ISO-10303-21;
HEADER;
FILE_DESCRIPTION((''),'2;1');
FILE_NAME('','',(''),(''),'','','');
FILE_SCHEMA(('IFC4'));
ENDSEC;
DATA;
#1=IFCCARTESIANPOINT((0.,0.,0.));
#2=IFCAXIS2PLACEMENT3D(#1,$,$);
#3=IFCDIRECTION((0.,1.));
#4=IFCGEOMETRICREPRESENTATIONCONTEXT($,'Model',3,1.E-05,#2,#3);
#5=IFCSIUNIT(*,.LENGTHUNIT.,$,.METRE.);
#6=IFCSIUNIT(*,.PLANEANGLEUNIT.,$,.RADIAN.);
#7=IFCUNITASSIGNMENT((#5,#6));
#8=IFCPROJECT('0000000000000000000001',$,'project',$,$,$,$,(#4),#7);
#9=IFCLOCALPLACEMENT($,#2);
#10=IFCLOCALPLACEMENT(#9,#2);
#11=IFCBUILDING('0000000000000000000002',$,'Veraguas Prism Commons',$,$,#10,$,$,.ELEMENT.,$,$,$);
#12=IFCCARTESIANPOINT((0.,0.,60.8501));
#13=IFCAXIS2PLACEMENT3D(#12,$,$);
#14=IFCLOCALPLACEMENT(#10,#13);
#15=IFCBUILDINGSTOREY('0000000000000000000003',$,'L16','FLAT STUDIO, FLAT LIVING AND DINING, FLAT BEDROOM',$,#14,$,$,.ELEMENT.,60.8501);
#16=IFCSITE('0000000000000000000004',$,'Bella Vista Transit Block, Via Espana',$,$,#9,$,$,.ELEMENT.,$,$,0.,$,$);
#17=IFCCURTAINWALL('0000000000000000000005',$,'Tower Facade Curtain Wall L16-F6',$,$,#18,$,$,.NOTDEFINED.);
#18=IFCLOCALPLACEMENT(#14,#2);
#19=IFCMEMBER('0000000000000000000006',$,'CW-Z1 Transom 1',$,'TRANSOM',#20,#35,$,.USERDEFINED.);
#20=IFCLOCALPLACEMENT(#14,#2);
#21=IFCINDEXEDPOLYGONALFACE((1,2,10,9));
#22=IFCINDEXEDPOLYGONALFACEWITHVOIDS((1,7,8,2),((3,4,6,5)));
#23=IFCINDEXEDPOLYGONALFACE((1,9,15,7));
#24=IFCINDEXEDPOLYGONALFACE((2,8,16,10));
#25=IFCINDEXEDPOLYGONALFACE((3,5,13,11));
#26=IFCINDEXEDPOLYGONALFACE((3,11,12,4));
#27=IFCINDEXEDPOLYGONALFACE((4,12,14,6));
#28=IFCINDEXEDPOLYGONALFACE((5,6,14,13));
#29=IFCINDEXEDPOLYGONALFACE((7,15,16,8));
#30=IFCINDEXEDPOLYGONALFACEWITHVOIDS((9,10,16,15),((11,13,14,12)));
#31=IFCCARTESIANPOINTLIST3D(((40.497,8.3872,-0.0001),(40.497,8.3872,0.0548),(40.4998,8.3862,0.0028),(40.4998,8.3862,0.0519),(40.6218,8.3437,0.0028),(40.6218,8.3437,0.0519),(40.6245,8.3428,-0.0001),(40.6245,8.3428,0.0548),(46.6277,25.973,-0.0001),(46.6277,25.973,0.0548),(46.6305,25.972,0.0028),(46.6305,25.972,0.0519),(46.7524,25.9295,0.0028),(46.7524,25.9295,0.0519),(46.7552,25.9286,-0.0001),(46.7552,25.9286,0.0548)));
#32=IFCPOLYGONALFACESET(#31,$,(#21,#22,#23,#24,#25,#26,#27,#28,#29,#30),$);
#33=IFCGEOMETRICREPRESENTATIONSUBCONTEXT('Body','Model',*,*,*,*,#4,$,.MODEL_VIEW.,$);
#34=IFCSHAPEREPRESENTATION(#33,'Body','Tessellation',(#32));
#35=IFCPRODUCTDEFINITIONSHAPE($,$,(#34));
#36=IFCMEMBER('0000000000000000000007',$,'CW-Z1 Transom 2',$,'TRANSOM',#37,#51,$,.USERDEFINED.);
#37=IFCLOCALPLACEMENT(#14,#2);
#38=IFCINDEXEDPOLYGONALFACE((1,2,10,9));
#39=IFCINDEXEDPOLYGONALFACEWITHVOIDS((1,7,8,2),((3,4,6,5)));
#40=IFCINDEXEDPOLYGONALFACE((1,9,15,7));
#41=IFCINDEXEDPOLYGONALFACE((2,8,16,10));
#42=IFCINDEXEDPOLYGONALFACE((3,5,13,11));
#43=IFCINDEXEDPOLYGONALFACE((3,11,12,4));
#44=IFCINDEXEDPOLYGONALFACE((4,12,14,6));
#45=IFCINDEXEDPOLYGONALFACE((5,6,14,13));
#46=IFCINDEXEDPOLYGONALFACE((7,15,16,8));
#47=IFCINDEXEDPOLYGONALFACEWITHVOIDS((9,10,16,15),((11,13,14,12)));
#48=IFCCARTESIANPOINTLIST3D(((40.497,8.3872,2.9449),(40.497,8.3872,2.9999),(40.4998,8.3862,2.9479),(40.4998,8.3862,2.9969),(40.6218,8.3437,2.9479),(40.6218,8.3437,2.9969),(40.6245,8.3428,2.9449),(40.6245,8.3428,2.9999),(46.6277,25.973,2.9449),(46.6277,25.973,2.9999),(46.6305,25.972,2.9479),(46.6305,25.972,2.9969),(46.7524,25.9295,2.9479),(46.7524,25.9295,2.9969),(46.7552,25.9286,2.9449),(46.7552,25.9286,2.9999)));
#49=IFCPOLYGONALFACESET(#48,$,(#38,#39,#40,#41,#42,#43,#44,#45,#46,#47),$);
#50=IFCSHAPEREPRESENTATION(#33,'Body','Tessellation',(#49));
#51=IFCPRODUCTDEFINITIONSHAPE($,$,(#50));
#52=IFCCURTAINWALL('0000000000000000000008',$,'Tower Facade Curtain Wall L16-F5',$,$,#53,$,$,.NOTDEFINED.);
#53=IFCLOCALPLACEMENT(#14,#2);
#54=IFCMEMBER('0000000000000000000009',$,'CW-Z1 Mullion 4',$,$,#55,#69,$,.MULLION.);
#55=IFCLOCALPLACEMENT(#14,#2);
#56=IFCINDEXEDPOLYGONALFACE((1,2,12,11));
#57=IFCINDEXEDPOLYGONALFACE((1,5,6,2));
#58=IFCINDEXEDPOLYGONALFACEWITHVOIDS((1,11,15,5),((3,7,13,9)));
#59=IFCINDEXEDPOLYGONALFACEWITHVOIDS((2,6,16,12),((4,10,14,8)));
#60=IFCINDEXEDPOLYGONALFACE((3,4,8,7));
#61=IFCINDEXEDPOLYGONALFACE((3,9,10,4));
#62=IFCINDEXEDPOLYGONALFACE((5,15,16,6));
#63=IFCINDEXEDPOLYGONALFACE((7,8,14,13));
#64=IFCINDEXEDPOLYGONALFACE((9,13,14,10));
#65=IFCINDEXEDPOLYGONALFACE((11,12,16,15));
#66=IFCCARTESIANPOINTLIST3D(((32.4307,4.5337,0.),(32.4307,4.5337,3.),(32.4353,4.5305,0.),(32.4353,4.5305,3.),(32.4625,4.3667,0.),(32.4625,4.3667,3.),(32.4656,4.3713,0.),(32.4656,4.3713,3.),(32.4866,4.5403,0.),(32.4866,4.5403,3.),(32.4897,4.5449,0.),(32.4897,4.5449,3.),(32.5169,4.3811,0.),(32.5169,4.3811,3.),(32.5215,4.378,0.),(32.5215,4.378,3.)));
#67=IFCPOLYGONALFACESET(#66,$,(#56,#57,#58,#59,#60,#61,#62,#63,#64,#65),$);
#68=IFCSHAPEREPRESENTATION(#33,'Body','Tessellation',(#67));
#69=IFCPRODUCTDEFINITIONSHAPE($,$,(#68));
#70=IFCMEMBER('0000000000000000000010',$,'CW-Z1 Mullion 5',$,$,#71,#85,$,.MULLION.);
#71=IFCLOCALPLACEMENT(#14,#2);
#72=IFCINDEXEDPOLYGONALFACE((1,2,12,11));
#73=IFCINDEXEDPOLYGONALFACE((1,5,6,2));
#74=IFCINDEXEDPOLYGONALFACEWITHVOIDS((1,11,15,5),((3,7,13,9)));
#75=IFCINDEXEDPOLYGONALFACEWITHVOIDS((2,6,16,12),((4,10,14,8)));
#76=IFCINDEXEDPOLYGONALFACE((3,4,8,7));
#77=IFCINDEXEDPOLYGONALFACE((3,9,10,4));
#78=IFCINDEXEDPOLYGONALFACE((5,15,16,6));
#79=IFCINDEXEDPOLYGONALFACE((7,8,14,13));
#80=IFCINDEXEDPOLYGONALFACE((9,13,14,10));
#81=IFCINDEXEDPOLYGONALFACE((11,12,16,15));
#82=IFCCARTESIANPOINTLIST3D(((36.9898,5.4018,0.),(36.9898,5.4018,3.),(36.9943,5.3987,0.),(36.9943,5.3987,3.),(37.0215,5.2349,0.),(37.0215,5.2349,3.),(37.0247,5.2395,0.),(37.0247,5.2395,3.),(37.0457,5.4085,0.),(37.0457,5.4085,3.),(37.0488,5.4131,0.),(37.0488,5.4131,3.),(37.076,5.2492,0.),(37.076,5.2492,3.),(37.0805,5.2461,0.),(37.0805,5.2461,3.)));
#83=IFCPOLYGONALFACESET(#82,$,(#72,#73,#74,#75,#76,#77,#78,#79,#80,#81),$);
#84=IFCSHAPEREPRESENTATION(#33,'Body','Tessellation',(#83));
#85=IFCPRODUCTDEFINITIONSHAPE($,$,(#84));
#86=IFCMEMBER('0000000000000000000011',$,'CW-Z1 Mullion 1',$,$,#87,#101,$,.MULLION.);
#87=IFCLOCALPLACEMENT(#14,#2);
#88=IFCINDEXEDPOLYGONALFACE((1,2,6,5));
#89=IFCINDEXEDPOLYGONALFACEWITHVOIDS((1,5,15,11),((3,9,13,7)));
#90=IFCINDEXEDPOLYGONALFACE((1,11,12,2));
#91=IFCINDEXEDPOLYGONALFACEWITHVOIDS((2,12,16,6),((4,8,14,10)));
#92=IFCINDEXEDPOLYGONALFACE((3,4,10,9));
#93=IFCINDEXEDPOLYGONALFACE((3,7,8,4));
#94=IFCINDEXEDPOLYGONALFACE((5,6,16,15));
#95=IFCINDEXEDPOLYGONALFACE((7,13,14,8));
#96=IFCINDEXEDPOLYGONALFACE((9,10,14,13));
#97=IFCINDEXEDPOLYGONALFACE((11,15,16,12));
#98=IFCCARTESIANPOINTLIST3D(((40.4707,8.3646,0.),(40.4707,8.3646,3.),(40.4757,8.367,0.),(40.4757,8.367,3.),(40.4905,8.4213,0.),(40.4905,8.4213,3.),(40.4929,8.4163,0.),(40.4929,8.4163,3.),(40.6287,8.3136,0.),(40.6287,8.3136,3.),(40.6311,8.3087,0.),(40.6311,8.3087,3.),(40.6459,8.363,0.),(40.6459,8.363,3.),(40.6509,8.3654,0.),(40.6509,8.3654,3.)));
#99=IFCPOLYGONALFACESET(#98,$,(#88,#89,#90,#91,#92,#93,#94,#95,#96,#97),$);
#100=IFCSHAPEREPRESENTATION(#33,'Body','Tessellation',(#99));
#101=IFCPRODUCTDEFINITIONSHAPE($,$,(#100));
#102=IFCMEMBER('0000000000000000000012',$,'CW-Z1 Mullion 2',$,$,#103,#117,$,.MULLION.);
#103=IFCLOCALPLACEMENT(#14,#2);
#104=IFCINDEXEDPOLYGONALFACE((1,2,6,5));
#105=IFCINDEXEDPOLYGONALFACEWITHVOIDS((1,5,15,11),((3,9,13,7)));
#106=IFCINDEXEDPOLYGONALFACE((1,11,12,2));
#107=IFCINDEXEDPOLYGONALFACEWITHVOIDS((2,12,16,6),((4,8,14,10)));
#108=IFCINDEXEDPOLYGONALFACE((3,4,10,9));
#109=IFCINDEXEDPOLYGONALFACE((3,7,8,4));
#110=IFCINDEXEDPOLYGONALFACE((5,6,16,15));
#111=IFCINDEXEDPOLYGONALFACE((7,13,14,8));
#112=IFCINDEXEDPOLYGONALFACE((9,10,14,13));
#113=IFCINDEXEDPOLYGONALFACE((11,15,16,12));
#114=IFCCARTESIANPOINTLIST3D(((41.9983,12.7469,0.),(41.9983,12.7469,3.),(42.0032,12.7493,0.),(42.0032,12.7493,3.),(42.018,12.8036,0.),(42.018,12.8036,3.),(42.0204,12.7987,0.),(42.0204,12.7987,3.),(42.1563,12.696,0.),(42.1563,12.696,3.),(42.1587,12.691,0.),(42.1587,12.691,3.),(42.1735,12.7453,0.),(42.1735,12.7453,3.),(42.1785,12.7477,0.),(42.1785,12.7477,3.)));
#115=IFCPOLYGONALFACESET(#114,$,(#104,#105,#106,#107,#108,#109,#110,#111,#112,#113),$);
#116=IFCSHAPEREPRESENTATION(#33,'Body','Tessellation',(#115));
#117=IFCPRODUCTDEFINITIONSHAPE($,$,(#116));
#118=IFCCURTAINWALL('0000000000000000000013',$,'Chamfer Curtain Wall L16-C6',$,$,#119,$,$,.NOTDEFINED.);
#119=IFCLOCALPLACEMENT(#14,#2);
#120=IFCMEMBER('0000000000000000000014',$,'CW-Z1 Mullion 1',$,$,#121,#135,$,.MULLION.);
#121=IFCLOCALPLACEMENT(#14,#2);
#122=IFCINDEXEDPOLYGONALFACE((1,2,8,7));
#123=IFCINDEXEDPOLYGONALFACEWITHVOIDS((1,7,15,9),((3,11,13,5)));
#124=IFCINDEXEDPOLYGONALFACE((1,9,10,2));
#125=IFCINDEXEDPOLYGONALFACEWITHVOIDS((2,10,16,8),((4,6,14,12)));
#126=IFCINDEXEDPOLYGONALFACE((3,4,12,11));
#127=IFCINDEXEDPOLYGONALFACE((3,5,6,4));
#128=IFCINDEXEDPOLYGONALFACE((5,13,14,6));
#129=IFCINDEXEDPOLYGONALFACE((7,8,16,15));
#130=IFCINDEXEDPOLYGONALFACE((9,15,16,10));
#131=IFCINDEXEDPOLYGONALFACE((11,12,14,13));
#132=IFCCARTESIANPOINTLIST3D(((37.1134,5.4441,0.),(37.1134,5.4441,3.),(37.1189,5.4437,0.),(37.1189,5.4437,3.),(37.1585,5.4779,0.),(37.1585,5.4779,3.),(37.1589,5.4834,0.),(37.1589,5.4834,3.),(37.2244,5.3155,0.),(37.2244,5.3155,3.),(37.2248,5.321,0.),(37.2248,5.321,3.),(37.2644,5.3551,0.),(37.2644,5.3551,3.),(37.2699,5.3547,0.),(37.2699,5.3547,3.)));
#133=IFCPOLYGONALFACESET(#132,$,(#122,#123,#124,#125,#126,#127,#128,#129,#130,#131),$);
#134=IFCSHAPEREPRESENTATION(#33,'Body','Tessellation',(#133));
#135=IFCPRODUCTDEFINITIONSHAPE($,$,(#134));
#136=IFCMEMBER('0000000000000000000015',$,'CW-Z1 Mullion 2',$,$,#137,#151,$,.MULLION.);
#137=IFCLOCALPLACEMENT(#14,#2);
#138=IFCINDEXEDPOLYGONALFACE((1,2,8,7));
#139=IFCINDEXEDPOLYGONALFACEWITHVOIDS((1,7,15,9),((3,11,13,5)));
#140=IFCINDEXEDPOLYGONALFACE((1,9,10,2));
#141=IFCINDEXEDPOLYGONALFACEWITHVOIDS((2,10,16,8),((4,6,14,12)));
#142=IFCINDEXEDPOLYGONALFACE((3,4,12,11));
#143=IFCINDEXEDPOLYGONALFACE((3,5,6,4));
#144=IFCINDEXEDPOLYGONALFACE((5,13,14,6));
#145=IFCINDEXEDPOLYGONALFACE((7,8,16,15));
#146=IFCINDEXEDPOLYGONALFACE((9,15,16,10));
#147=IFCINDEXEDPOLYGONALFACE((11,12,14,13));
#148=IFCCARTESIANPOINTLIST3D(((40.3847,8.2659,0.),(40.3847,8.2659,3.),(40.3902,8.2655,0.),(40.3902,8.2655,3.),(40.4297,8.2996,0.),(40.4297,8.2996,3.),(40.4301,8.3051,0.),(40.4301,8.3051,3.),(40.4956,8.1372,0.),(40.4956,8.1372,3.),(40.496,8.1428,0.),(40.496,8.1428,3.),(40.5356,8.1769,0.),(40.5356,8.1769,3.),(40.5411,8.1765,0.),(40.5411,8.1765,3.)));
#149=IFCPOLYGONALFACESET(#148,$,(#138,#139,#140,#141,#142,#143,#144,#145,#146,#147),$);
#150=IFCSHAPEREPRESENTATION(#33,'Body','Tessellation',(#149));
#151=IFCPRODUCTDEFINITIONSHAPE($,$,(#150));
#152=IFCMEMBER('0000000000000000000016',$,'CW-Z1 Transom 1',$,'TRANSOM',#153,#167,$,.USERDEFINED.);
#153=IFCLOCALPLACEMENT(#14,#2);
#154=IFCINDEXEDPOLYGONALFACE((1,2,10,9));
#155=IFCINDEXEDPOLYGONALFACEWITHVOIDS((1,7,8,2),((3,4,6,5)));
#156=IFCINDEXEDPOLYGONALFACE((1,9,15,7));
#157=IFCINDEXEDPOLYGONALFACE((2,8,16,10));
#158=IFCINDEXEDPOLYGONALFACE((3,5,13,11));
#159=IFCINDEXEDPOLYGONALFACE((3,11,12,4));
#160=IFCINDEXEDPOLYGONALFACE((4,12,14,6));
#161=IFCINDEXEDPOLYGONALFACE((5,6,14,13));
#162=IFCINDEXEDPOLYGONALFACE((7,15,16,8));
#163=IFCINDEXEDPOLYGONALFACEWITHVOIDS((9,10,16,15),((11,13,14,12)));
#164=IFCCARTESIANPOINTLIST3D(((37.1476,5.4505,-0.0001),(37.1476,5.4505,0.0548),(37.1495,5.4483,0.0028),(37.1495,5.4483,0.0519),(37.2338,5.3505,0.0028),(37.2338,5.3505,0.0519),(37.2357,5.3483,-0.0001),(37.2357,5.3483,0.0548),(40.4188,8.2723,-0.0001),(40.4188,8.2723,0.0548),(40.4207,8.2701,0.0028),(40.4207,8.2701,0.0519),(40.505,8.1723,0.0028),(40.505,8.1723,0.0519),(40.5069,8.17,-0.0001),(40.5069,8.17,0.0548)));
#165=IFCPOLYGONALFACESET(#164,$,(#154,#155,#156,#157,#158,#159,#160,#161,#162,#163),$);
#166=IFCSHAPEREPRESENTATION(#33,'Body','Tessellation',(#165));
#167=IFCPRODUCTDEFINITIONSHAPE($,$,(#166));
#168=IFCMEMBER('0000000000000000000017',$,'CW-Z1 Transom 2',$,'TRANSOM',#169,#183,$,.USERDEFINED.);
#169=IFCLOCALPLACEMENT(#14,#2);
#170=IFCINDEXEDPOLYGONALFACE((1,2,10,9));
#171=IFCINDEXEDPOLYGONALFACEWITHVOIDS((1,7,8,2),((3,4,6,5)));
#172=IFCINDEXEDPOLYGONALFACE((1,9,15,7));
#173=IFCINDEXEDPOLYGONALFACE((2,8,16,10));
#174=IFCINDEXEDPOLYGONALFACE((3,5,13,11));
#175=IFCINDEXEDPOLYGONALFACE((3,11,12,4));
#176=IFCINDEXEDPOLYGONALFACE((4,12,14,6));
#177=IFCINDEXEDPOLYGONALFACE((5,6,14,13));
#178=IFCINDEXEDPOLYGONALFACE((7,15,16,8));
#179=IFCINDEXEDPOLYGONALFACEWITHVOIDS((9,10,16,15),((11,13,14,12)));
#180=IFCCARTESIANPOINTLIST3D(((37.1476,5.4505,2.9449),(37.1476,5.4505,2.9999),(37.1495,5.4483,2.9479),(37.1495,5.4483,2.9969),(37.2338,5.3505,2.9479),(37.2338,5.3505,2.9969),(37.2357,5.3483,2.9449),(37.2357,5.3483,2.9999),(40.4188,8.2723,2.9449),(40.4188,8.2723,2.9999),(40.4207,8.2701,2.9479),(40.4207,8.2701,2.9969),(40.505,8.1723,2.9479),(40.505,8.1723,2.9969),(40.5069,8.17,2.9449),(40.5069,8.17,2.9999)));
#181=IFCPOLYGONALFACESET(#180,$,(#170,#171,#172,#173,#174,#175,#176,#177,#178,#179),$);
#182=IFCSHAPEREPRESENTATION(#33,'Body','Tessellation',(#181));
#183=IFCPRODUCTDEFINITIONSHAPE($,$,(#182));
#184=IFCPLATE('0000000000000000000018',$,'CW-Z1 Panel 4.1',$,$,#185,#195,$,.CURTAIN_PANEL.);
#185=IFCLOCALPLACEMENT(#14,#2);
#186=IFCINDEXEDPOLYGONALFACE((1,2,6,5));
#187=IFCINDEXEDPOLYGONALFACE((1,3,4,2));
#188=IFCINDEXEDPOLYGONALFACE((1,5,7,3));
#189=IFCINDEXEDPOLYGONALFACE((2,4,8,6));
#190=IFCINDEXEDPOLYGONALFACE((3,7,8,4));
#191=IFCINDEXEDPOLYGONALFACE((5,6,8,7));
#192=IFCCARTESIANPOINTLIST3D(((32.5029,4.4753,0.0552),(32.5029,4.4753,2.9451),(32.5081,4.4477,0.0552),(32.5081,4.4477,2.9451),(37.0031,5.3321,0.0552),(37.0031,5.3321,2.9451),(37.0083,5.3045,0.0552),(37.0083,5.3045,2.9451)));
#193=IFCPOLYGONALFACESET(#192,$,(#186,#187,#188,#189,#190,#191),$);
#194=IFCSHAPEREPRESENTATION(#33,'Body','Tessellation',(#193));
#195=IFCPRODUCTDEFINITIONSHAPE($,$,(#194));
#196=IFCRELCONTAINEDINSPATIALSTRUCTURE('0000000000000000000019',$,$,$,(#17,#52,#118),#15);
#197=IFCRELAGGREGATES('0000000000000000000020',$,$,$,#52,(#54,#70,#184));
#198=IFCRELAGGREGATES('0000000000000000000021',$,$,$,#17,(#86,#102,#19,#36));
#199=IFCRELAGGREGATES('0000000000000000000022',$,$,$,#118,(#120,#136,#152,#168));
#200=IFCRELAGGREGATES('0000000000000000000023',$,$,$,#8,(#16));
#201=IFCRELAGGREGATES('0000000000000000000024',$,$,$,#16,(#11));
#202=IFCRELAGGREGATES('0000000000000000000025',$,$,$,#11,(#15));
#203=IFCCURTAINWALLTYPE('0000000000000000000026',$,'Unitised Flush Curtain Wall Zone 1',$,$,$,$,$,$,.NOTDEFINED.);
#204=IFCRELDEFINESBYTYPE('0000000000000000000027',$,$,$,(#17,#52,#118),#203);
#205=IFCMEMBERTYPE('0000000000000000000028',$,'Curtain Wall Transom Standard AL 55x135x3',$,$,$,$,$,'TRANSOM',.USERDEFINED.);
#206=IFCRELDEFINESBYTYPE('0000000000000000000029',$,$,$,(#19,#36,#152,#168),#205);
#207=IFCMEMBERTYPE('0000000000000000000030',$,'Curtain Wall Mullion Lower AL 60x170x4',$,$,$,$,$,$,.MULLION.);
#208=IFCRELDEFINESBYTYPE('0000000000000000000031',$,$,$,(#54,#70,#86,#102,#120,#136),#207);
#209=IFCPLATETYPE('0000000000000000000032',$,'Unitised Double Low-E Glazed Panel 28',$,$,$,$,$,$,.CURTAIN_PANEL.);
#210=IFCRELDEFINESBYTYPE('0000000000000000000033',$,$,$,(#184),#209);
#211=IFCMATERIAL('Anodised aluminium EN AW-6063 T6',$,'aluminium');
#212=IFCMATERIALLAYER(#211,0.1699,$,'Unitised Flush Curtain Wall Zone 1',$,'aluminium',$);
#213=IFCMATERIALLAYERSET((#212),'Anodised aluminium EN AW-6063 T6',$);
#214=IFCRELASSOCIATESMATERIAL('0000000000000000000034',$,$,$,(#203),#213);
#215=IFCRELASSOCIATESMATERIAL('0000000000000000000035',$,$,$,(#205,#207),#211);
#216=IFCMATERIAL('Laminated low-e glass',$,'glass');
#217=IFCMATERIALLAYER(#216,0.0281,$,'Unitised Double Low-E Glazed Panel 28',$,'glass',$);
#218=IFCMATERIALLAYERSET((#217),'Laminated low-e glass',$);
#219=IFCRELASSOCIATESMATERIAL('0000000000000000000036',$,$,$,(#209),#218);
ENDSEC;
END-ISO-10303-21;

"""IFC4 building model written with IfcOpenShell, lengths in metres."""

from ifc_helpers import new_model, si_unit, direction, frame, origin, origin_2d, place, context, subcontext, project, spatial, rectangle, hollow_rectangle, extrude, source, transform, mapped, material, layer, layer_set, material_profile, profile_set, type_object, element, aggregate, save


model = new_model("IFC4")

# Units and contexts
model_context = context("Model", 3, precision=1e-05, world=origin(), true_north=direction((0.0, 1.0)))
body_context = subcontext(model_context, "Body", "Model", "MODEL_VIEW")
ifc_project = project(units=[si_unit("LENGTHUNIT", "METRE"), si_unit("PLANEANGLEUNIT", "RADIAN")], contexts=[model_context])

# Site, building, storey
site_placement = place(None, origin())
site = spatial("IfcSite", under=ifc_project, at=site_placement, Name="Bella Vista Transit Block, Via Espana", CompositionType="ELEMENT", RefElevation=0.0)
building_placement = place(site_placement, origin())
building = spatial("IfcBuilding", under=site, at=building_placement, Name="Veraguas Prism Commons", CompositionType="ELEMENT")
storey_placement = place(building_placement, frame((0.0, 0.0, 60.8501)))
storey = spatial("IfcBuildingStorey", under=building, at=storey_placement, Name="L16", Description="FLAT STUDIO, FLAT LIVING AND DINING, FLAT BEDROOM", CompositionType="ELEMENT", Elevation=60.8501)

# Curtain walls, members
ifc_material_1 = material(Name="Anodised aluminium EN AW-6063 T6", Category="aluminium")
ifc_layer_1 = layer(ifc_material_1, 0.1699, Name="Unitised Flush Curtain Wall Zone 1", Category="aluminium")
ifc_layer_set_1 = layer_set([ifc_layer_1], Name="Anodised aluminium EN AW-6063 T6")
curtain_wall_type = type_object("IfcCurtainWallType", Name="Unitised Flush Curtain Wall Zone 1", PredefinedType="NOTDEFINED", material=ifc_layer_set_1)
curtain_wall_1_placement = place(storey_placement, origin())
curtain_wall_1 = element("IfcCurtainWall", 1, at=curtain_wall_1_placement, inside=storey, type_object=curtain_wall_type, Name="Tower Facade Curtain Wall L16-F6", PredefinedType="NOTDEFINED")
ifc_material_profile_1 = material_profile(ifc_material_1, hollow_rectangle(XDim=0.0549, YDim=0.135, WallThickness=0.0029, at=origin_2d()), Name="AL55X135X3")
ifc_profile_set_1 = profile_set([ifc_material_profile_1], Name="Anodised aluminium EN AW-6063 T6")
member_type_1 = type_object("IfcMemberType", Name="Curtain Wall Transom Standard AL 55x135x3", ElementType="TRANSOM", PredefinedType="USERDEFINED", material=ifc_profile_set_1)
shared_shape_1 = source(origin(), body_context, "Body", "SweptSolid", [
    extrude(hollow_rectangle(XDim=0.0549, YDim=0.135, WallThickness=0.0029, at=origin_2d()), origin(), (0.0, 0.0, 1.0), 18.6238),
])
member_1_placement = place(storey_placement, frame((40.5608, 8.365, 0.0273), z_axis=(0.329184, 0.944266, 0.0), x_axis=(0.0, 0.0, 1.0)))
member_1 = element("IfcMember", 2, at=member_1_placement, type_object=member_type_1, Name="CW-Z1 Transom 1", ObjectType="TRANSOM", PredefinedType="USERDEFINED", context=body_context, shape_type="MappedRepresentation", body=[
    mapped(shared_shape_1, transform((0.0, 0.0, 0.0), scale=1.0)),
])
member_2_placement = place(storey_placement, frame((40.5608, 8.365, 2.9724), z_axis=(0.329184, 0.944266, 0.0), x_axis=(0.0, 0.0, 1.0)))
member_2 = element("IfcMember", 3, at=member_2_placement, type_object=member_type_1, Name="CW-Z1 Transom 2", ObjectType="TRANSOM", PredefinedType="USERDEFINED", context=body_context, shape_type="MappedRepresentation", body=[
    mapped(shared_shape_1, transform((0.0, 0.0, 0.0), scale=1.0)),
])
curtain_wall_2_placement = place(storey_placement, origin())
curtain_wall_2 = element("IfcCurtainWall", 4, at=curtain_wall_2_placement, inside=storey, type_object=curtain_wall_type, Name="Tower Facade Curtain Wall L16-F5", PredefinedType="NOTDEFINED")
ifc_material_profile_2 = material_profile(ifc_material_1, hollow_rectangle(XDim=0.0601, YDim=0.1699, WallThickness=0.0039, at=origin_2d()), Name="AL60X170X4")
ifc_profile_set_2 = profile_set([ifc_material_profile_2], Name="Anodised aluminium EN AW-6063 T6")
member_type_2 = type_object("IfcMemberType", Name="Curtain Wall Mullion Lower AL 60x170x4", PredefinedType="MULLION", material=ifc_profile_set_2)
shared_shape_2 = source(origin(), body_context, "Body", "SweptSolid", [
    extrude(hollow_rectangle(XDim=0.0601, YDim=0.1699, WallThickness=0.0039, at=origin_2d()), origin(), (0.0, 0.0, 1.0), 3.0),
])
member_3_placement = place(storey_placement, frame((32.4761, 4.4558, 0.0), z_axis=(0.0, 0.0, 1.0), x_axis=(0.982353, 0.187038, 0.0)))
member_3 = element("IfcMember", 5, at=member_3_placement, type_object=member_type_2, Name="CW-Z1 Mullion 4", PredefinedType="MULLION", context=body_context, shape_type="MappedRepresentation", body=[
    mapped(shared_shape_2, transform((0.0, 0.0, 0.0), scale=1.0)),
])
member_4_placement = place(storey_placement, frame((37.0352, 5.324, 0.0), z_axis=(0.0, 0.0, 1.0), x_axis=(0.982353, 0.187038, 0.0)))
member_4 = element("IfcMember", 6, at=member_4_placement, type_object=member_type_2, Name="CW-Z1 Mullion 5", PredefinedType="MULLION", context=body_context, shape_type="MappedRepresentation", body=[
    mapped(shared_shape_2, transform((0.0, 0.0, 0.0), scale=1.0)),
])

# Members
member_5_placement = place(storey_placement, frame((40.5608, 8.365, 0.0), z_axis=(0.0, 0.0, 1.0), x_axis=(0.329195, 0.944262, 0.0)))
member_5 = element("IfcMember", 7, at=member_5_placement, type_object=member_type_2, Name="CW-Z1 Mullion 1", PredefinedType="MULLION", context=body_context, shape_type="MappedRepresentation", body=[
    mapped(shared_shape_2, transform((0.0, 0.0, 0.0), scale=1.0)),
])
member_6_placement = place(storey_placement, frame((42.0884, 12.7473, 0.0), z_axis=(0.0, 0.0, 1.0), x_axis=(0.329195, 0.944262, 0.0)))
member_6 = element("IfcMember", 8, at=member_6_placement, type_object=member_type_2, Name="CW-Z1 Mullion 2", PredefinedType="MULLION", context=body_context, shape_type="MappedRepresentation", body=[
    mapped(shared_shape_2, transform((0.0, 0.0, 0.0), scale=1.0)),
])

# Curtain wall, members
curtain_wall_3_placement = place(storey_placement, origin())
curtain_wall_3 = element("IfcCurtainWall", 9, at=curtain_wall_3_placement, inside=storey, type_object=curtain_wall_type, Name="Chamfer Curtain Wall L16-C6", PredefinedType="NOTDEFINED")
member_7_placement = place(storey_placement, frame((37.1917, 5.3994, 0.0), z_axis=(0.0, 0.0, 1.0), x_axis=(0.757232, 0.653146, 0.0)))
member_7 = element("IfcMember", 10, at=member_7_placement, type_object=member_type_2, Name="CW-Z1 Mullion 1", PredefinedType="MULLION", context=body_context, shape_type="MappedRepresentation", body=[
    mapped(shared_shape_2, transform((0.0, 0.0, 0.0), scale=1.0)),
])
member_8_placement = place(storey_placement, frame((40.4629, 8.2212, 0.0), z_axis=(0.0, 0.0, 1.0), x_axis=(0.757232, 0.653146, 0.0)))
member_8 = element("IfcMember", 11, at=member_8_placement, type_object=member_type_2, Name="CW-Z1 Mullion 2", PredefinedType="MULLION", context=body_context, shape_type="MappedRepresentation", body=[
    mapped(shared_shape_2, transform((0.0, 0.0, 0.0), scale=1.0)),
])
shared_shape_3 = source(origin(), body_context, "Body", "SweptSolid", [
    extrude(hollow_rectangle(XDim=0.0549, YDim=0.135, WallThickness=0.0029, at=origin_2d()), origin(), (0.0, 0.0, 1.0), 4.3201),
])
member_9_placement = place(storey_placement, frame((37.1917, 5.3994, 0.0273), z_axis=(0.75721, 0.653171, 0.0), x_axis=(0.0, 0.0, 1.0)))
member_9 = element("IfcMember", 12, at=member_9_placement, type_object=member_type_1, Name="CW-Z1 Transom 1", ObjectType="TRANSOM", PredefinedType="USERDEFINED", context=body_context, shape_type="MappedRepresentation", body=[
    mapped(shared_shape_3, transform((0.0, 0.0, 0.0), scale=1.0)),
])
member_10_placement = place(storey_placement, frame((37.1917, 5.3994, 2.9724), z_axis=(0.75721, 0.653171, 0.0), x_axis=(0.0, 0.0, 1.0)))
member_10 = element("IfcMember", 13, at=member_10_placement, type_object=member_type_1, Name="CW-Z1 Transom 2", ObjectType="TRANSOM", PredefinedType="USERDEFINED", context=body_context, shape_type="MappedRepresentation", body=[
    mapped(shared_shape_3, transform((0.0, 0.0, 0.0), scale=1.0)),
])

# Plate
ifc_material_2 = material(Name="Laminated low-e glass", Category="glass")
ifc_layer_2 = layer(ifc_material_2, 0.0281, Name="Unitised Double Low-E Glazed Panel 28", Category="glass")
ifc_layer_set_2 = layer_set([ifc_layer_2], Name="Laminated low-e glass")
plate_type = type_object("IfcPlateType", Name="Unitised Double Low-E Glazed Panel 28", PredefinedType="CURTAIN_PANEL", material=ifc_layer_set_2)
shared_shape_4 = source(origin(), body_context, "Body", "SweptSolid", [
    extrude(rectangle(XDim=4.5811, YDim=0.0281, at=origin_2d()), origin(), (0.0, 0.0, 1.0), 2.8899),
])
plate_1_placement = place(storey_placement, frame((34.7556, 4.8899, 0.0552), z_axis=(0.0, 0.0, 1.0), x_axis=(0.982353, 0.187038, 0.0)))
plate_1 = element("IfcPlate", 14, at=plate_1_placement, type_object=plate_type, Name="CW-Z1 Panel 4.1", PredefinedType="CURTAIN_PANEL", context=body_context, shape_type="MappedRepresentation", body=[
    mapped(shared_shape_4, transform((0.0, 0.0, 0.0), scale=1.0)),
])
aggregate(curtain_wall_2, [member_3, member_4, plate_1])
aggregate(curtain_wall_1, [member_5, member_6, member_1, member_2])
aggregate(curtain_wall_3, [member_7, member_8, member_9, member_10])

save(model, "model.ifc")
